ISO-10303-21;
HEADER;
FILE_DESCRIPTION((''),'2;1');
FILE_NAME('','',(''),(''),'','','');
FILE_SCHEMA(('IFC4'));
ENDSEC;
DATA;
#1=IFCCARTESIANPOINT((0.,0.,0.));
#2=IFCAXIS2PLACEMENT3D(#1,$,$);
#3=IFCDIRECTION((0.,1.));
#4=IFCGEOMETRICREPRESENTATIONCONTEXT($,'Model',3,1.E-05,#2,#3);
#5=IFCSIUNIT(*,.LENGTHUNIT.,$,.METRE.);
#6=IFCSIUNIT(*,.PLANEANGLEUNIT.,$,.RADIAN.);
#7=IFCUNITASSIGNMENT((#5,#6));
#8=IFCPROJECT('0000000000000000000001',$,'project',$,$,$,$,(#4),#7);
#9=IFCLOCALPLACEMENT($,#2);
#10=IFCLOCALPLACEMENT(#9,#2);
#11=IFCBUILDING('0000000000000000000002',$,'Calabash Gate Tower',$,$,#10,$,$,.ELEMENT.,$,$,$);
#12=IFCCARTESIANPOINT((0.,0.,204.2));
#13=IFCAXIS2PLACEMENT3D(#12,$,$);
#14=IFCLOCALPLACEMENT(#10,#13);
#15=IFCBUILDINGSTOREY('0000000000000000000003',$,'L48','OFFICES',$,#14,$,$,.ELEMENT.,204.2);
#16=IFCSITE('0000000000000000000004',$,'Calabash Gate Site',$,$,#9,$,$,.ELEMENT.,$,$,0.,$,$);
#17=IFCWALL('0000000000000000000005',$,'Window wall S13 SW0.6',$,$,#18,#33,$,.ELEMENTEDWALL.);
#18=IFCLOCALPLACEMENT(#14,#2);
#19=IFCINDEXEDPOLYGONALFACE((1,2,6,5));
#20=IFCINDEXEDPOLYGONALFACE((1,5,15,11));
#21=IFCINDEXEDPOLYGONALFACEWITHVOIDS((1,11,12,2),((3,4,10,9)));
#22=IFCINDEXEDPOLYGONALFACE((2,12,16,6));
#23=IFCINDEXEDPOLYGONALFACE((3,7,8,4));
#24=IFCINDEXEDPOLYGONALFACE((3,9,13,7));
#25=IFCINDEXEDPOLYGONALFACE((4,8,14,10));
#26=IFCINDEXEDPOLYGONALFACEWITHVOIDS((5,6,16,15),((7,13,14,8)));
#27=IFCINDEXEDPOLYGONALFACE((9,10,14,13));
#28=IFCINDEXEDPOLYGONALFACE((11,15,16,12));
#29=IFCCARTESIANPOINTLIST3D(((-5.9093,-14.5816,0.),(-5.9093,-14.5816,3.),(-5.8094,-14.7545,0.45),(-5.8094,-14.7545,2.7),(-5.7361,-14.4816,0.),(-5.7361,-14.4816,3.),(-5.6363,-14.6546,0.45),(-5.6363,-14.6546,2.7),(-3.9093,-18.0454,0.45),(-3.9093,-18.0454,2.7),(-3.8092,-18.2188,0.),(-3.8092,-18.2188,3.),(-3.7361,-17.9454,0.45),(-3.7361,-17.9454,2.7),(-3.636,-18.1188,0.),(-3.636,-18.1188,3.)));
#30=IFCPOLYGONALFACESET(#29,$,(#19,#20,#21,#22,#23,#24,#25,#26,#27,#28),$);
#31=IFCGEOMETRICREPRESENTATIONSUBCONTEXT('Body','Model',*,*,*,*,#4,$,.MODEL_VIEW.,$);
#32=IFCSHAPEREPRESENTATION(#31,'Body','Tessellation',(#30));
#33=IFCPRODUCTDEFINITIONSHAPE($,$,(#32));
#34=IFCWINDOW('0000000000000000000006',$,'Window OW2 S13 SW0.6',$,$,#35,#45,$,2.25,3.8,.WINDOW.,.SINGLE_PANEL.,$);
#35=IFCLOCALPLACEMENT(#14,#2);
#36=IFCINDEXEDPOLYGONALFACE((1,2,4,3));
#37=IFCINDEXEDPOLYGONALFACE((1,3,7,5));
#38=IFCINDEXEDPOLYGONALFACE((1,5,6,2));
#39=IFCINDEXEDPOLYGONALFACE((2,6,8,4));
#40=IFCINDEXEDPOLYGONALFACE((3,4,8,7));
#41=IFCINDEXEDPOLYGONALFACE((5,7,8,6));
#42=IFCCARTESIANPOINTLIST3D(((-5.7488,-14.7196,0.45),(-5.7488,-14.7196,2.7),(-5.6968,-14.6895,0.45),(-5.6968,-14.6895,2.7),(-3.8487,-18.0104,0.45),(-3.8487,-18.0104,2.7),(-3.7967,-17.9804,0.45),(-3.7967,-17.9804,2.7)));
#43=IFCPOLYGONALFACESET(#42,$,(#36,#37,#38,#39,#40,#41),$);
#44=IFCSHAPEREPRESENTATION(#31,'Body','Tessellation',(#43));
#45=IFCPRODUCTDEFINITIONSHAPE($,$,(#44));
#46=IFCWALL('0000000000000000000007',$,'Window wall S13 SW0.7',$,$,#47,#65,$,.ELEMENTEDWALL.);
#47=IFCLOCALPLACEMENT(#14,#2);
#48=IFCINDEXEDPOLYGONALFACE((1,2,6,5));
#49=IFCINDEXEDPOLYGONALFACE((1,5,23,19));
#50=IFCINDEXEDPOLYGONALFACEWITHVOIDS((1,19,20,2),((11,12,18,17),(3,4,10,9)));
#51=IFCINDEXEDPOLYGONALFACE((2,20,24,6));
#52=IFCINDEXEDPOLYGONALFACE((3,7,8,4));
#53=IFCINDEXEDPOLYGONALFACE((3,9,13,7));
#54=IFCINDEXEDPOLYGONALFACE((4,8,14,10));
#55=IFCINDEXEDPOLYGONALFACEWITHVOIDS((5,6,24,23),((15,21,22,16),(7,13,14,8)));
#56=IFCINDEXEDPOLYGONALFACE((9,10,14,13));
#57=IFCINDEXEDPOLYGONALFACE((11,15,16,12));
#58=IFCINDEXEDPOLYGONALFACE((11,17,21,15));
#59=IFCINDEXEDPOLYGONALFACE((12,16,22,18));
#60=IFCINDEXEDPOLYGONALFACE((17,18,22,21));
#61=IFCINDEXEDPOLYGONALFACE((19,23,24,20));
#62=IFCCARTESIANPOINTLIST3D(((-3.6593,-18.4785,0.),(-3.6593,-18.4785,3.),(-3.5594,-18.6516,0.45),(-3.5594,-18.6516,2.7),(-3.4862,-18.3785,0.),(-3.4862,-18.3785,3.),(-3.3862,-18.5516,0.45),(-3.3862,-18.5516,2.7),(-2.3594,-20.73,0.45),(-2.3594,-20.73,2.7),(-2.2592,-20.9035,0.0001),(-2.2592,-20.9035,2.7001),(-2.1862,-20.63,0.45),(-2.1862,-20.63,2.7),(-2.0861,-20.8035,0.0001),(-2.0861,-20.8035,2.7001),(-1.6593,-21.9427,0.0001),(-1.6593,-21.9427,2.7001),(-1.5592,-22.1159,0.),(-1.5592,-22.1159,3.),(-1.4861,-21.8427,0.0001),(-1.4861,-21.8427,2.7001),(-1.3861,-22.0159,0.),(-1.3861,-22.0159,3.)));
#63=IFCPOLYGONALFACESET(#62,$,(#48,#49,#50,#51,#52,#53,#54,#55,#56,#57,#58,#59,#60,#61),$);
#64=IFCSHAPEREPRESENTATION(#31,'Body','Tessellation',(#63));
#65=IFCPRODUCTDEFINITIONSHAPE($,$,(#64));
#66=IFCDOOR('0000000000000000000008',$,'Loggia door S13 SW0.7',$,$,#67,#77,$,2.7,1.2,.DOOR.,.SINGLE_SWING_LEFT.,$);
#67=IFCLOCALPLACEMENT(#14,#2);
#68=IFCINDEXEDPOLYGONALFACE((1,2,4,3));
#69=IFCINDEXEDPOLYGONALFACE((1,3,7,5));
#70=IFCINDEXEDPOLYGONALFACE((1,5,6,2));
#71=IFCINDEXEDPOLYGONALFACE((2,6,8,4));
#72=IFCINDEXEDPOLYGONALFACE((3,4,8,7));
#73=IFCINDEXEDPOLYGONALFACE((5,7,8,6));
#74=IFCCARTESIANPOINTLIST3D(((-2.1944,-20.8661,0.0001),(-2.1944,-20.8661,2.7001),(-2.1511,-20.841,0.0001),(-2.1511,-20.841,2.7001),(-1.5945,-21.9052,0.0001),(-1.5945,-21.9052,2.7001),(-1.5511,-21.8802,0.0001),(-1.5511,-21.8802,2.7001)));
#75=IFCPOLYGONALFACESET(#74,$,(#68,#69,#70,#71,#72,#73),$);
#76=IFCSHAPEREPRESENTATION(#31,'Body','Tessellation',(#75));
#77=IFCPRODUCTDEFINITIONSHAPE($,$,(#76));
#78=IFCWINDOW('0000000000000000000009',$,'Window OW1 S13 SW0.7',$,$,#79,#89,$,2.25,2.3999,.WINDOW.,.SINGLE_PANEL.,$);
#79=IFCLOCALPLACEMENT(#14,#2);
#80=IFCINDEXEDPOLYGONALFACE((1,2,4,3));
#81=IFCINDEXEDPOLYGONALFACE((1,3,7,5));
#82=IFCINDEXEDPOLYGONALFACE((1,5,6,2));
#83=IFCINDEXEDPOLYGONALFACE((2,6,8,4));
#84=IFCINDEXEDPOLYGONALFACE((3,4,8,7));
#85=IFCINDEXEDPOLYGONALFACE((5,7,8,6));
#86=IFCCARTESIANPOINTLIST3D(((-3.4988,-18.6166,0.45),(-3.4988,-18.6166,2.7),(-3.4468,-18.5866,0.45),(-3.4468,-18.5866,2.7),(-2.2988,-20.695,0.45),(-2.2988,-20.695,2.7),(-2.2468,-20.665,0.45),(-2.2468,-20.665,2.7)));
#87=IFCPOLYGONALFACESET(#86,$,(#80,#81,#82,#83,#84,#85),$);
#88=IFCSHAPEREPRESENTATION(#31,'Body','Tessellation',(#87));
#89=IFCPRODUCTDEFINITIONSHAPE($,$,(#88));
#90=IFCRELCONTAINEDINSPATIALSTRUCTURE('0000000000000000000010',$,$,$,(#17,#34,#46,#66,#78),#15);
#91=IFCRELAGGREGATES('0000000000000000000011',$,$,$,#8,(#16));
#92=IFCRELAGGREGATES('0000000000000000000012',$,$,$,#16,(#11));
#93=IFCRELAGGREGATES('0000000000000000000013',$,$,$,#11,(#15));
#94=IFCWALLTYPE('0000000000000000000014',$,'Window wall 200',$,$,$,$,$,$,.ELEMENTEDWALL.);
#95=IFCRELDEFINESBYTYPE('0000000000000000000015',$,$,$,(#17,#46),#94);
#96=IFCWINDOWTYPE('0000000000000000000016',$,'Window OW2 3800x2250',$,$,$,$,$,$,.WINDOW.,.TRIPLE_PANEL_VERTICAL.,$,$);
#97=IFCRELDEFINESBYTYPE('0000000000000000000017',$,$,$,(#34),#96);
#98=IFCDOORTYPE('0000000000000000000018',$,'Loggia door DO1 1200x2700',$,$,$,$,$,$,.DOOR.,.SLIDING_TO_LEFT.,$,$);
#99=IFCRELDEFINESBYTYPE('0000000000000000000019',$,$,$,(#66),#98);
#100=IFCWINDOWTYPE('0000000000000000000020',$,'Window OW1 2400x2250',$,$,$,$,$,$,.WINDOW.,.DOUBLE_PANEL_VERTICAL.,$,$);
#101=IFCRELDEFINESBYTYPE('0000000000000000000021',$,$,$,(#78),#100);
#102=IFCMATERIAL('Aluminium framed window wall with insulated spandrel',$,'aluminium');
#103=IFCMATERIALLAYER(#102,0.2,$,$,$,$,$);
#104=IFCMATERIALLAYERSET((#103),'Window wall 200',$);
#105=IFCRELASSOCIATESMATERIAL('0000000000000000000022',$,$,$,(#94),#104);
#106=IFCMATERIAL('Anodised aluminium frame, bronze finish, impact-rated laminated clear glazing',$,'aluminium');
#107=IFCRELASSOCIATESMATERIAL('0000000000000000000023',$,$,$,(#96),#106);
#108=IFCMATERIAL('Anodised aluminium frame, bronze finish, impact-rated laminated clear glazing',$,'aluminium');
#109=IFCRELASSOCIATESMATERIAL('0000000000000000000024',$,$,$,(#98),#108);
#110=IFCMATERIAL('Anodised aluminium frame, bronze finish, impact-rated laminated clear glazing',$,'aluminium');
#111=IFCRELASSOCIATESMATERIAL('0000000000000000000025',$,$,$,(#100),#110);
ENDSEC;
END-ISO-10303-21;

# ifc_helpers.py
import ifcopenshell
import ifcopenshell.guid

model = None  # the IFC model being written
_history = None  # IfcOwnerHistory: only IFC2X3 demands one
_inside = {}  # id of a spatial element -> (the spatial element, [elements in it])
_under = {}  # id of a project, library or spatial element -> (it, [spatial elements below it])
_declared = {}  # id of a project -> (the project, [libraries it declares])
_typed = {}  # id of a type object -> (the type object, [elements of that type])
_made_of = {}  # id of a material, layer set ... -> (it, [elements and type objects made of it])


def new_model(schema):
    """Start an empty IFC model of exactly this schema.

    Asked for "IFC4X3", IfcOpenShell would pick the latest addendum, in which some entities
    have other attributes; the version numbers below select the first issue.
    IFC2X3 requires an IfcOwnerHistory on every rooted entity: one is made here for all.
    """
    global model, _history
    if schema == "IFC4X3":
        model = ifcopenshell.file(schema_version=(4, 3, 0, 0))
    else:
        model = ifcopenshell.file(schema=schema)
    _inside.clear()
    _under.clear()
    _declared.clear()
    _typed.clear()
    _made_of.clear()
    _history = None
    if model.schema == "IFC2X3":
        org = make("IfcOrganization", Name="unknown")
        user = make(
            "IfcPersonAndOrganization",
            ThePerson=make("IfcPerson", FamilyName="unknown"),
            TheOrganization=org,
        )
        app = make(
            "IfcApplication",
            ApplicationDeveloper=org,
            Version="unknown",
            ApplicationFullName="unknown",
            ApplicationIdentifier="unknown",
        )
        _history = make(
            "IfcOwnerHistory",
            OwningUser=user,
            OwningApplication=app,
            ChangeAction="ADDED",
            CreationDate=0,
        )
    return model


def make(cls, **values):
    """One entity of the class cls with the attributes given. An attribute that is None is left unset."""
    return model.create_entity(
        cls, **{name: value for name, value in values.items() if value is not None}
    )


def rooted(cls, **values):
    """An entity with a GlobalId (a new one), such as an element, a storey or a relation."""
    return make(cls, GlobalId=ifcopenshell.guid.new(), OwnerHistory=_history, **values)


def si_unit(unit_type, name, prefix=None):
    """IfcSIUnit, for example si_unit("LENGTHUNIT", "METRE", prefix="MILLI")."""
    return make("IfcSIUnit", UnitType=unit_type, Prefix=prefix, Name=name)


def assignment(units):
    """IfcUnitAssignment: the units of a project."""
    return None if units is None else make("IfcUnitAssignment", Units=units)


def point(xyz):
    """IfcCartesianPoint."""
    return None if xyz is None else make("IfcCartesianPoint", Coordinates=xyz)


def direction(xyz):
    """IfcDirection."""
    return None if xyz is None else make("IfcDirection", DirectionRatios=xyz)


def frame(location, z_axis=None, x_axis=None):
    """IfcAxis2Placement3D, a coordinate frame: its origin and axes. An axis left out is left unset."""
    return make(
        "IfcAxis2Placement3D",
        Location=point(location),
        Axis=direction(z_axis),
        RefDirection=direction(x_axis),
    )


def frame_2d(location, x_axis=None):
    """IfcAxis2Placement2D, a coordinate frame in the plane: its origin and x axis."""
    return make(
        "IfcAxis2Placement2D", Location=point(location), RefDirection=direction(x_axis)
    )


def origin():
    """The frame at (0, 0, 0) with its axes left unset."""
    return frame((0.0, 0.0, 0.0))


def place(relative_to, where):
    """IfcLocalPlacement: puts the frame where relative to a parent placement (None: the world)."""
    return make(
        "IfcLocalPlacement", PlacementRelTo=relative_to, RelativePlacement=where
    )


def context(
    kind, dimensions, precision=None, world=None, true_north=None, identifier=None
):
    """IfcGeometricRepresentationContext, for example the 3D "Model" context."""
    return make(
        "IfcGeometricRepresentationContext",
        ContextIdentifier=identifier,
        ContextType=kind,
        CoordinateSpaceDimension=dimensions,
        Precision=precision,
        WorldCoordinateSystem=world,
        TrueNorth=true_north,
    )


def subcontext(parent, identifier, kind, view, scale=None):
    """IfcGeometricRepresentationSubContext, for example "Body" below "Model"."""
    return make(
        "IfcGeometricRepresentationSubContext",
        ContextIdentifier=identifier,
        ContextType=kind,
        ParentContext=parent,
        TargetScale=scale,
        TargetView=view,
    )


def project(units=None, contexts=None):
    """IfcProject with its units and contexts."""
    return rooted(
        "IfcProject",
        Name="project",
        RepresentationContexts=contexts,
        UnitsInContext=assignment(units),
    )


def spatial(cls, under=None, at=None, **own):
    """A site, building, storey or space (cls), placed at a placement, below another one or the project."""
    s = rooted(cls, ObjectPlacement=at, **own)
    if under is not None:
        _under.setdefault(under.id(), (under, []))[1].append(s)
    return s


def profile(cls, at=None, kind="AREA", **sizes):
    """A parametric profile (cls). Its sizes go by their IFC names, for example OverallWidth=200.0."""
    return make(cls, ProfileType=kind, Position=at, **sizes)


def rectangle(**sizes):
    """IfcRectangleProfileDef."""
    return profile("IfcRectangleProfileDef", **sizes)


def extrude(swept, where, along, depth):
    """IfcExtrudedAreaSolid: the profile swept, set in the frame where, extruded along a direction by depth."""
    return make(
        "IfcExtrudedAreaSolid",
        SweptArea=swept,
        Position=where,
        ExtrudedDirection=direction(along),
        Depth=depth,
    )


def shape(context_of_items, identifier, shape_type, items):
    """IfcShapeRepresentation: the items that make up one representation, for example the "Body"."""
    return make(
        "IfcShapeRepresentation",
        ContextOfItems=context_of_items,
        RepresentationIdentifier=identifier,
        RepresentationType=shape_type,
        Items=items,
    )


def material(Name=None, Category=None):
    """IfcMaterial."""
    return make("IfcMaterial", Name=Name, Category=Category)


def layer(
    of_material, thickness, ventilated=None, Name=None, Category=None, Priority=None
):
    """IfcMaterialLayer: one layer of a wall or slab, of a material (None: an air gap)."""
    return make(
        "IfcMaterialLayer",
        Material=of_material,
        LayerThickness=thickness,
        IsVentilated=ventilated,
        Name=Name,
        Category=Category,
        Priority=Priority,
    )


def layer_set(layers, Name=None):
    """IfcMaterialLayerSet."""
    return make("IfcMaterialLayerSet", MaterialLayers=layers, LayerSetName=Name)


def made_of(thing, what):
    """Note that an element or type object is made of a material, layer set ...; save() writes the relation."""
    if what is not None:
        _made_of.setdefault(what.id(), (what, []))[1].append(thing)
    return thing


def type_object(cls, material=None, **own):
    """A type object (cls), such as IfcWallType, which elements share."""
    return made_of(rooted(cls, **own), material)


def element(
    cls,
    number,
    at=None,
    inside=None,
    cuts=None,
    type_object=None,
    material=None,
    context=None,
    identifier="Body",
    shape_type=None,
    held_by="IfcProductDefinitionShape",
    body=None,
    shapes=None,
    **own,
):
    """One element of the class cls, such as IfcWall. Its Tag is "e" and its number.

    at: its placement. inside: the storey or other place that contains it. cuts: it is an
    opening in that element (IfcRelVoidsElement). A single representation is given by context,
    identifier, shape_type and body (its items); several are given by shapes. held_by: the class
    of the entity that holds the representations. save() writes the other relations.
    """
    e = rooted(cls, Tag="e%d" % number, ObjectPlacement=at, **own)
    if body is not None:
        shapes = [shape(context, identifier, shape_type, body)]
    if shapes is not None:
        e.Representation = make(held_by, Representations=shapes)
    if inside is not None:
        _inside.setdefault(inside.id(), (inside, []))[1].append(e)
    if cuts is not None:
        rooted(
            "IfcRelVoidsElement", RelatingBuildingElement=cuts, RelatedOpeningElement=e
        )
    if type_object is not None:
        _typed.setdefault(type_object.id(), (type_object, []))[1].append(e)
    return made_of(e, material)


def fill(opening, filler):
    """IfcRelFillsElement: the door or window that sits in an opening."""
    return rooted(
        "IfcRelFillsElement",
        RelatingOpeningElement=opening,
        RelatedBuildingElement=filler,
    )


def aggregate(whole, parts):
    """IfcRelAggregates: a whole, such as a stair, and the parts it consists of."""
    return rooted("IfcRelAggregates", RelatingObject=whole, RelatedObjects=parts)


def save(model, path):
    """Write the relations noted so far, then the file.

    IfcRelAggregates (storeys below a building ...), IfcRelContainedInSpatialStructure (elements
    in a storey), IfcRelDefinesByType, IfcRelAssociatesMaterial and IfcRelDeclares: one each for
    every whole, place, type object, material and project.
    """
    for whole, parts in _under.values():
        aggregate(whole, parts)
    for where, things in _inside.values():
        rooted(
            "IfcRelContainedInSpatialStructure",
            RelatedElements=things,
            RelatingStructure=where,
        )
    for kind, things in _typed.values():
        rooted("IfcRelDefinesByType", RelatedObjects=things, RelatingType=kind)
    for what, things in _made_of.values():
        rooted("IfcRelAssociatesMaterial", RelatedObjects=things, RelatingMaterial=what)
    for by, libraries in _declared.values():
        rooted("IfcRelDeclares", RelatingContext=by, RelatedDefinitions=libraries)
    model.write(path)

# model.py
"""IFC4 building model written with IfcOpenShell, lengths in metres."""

from ifc_helpers import new_model, si_unit, direction, frame, frame_2d, origin, place, context, subcontext, project, spatial, rectangle, extrude, material, layer, layer_set, type_object, element, fill, save


model = new_model("IFC4")

# Units and contexts
model_context = context("Model", 3, precision=1e-05, world=origin(), true_north=direction((0.0, 1.0)))
body_context = subcontext(model_context, "Body", "Model", "MODEL_VIEW")
ifc_project = project(units=[si_unit("LENGTHUNIT", "METRE"), si_unit("PLANEANGLEUNIT", "RADIAN")], contexts=[model_context])

# Site, building, storey
site_placement = place(None, origin())
site = spatial("IfcSite", under=ifc_project, at=site_placement, Name="Calabash Gate Site", CompositionType="ELEMENT", RefElevation=0.0)
building_placement = place(site_placement, origin())
building = spatial("IfcBuilding", under=site, at=building_placement, Name="Calabash Gate Tower", CompositionType="ELEMENT")
storey_placement = place(building_placement, frame((0.0, 0.0, 204.2)))
storey = spatial("IfcBuildingStorey", under=building, at=storey_placement, Name="L48", Description="OFFICES", CompositionType="ELEMENT", Elevation=204.2)

# Wall, opening, window
ifc_material_1 = material(Name="Aluminium framed window wall with insulated spandrel", Category="aluminium")
ifc_layer_1 = layer(ifc_material_1, 0.2)
ifc_layer_set_1 = layer_set([ifc_layer_1], Name="Window wall 200")
wall_type_1 = type_object("IfcWallType", Name="Window wall 200", PredefinedType="ELEMENTEDWALL", material=ifc_layer_set_1)
wall_1_placement = place(storey_placement, frame((-5.8228, -14.5315, 0.0), z_axis=(0.0, 0.0, 1.0), x_axis=(0.500028, -0.866009, 0.0)))
wall_1 = element("IfcWall", 1, at=wall_1_placement, inside=storey, type_object=wall_type_1, Name="Window wall S13 SW0.6", PredefinedType="ELEMENTEDWALL", context=body_context, shape_type="SweptSolid", body=[
    extrude(rectangle(XDim=4.2, YDim=0.2, at=frame_2d((2.1001, 0.0))), origin(), (0.0, 0.0, 1.0), 3.0),
])
opening_1_placement = place(wall_1_placement, frame((0.2, 0.0, 0.45)))
opening_1 = element("IfcOpeningElement", 2, at=opening_1_placement, cuts=wall_1, PredefinedType="OPENING", context=body_context, shape_type="SweptSolid", body=[
    extrude(rectangle(XDim=3.8, YDim=2.25, at=frame_2d((1.8999, 1.125))), frame((0.0, 0.1099, 0.0), z_axis=(0.0, -1.0, 0.0), x_axis=(1.0, 0.0, 0.0)), (0.0, 0.0, 1.0), 0.22),
])
ifc_material_2 = material(Name="Anodised aluminium frame, bronze finish, impact-rated laminated clear glazing", Category="aluminium")
window_type_1 = type_object("IfcWindowType", Name="Window OW2 3800x2250", PartitioningType="TRIPLE_PANEL_VERTICAL", PredefinedType="WINDOW", material=ifc_material_2)
window_1_placement = place(opening_1_placement, origin())
window_1 = element("IfcWindow", 3, at=window_1_placement, inside=storey, type_object=window_type_1, Name="Window OW2 S13 SW0.6", OverallHeight=2.25, OverallWidth=3.8, PartitioningType="SINGLE_PANEL", PredefinedType="WINDOW", context=body_context, shape_type="SweptSolid", body=[
    extrude(rectangle(XDim=3.8, YDim=2.25, at=frame_2d((1.8999, 1.125))), frame((0.0, 0.03, 0.0), z_axis=(0.0, -1.0, 0.0), x_axis=(1.0, 0.0, 0.0)), (0.0, 0.0, 1.0), 0.0601),
])
fill(opening_1, window_1)

# Wall, openings, door, window
wall_2_placement = place(storey_placement, frame((-3.5728, -18.4285, 0.0), z_axis=(0.0, 0.0, 1.0), x_axis=(0.500003, -0.866024, 0.0)))
wall_2 = element("IfcWall", 4, at=wall_2_placement, inside=storey, type_object=wall_type_1, Name="Window wall S13 SW0.7", PredefinedType="ELEMENTEDWALL", context=body_context, shape_type="SweptSolid", body=[
    extrude(rectangle(XDim=4.2002, YDim=0.2, at=frame_2d((2.1001, 0.0))), origin(), (0.0, 0.0, 1.0), 3.0),
])
opening_2_placement = place(wall_2_placement, frame((0.2, 0.0, 0.45)))
opening_2 = element("IfcOpeningElement", 5, at=opening_2_placement, cuts=wall_2, PredefinedType="OPENING", context=body_context, shape_type="SweptSolid", body=[
    extrude(rectangle(XDim=2.3999, YDim=2.25, at=frame_2d((1.2, 1.125))), frame((0.0, 0.1099, 0.0), z_axis=(0.0, -1.0, 0.0), x_axis=(1.0, 0.0, 0.0)), (0.0, 0.0, 1.0), 0.22),
])
opening_3_placement = place(wall_2_placement, frame((2.8, 0.0, 0.0)))
opening_3 = element("IfcOpeningElement", 6, at=opening_3_placement, cuts=wall_2, PredefinedType="OPENING", context=body_context, shape_type="SweptSolid", body=[
    extrude(rectangle(XDim=1.2, YDim=2.7, at=frame_2d((0.6001, 1.3501))), frame((0.0, 0.1099, 0.0), z_axis=(0.0, -1.0, 0.0), x_axis=(1.0, 0.0, 0.0)), (0.0, 0.0, 1.0), 0.22),
])
ifc_material_3 = material(Name="Anodised aluminium frame, bronze finish, impact-rated laminated clear glazing", Category="aluminium")
door_type = type_object("IfcDoorType", Name="Loggia door DO1 1200x2700", OperationType="SLIDING_TO_LEFT", PredefinedType="DOOR", material=ifc_material_3)
door_placement = place(opening_3_placement, origin())
door = element("IfcDoor", 7, at=door_placement, inside=storey, type_object=door_type, Name="Loggia door S13 SW0.7", OperationType="SINGLE_SWING_LEFT", OverallHeight=2.7, OverallWidth=1.2, PredefinedType="DOOR", context=body_context, shape_type="SweptSolid", body=[
    extrude(rectangle(XDim=1.2, YDim=2.7, at=frame_2d((0.6001, 1.3501))), frame((0.0, 0.0249, 0.0), z_axis=(0.0, -1.0, 0.0), x_axis=(1.0, 0.0, 0.0)), (0.0, 0.0, 1.0), 0.05),
])
fill(opening_3, door)
ifc_material_4 = material(Name="Anodised aluminium frame, bronze finish, impact-rated laminated clear glazing", Category="aluminium")
window_type_2 = type_object("IfcWindowType", Name="Window OW1 2400x2250", PartitioningType="DOUBLE_PANEL_VERTICAL", PredefinedType="WINDOW", material=ifc_material_4)
window_2_placement = place(opening_2_placement, origin())
window_2 = element("IfcWindow", 8, at=window_2_placement, inside=storey, type_object=window_type_2, Name="Window OW1 S13 SW0.7", OverallHeight=2.25, OverallWidth=2.3999, PartitioningType="SINGLE_PANEL", PredefinedType="WINDOW", context=body_context, shape_type="SweptSolid", body=[
    extrude(rectangle(XDim=2.3999, YDim=2.25, at=frame_2d((1.2, 1.125))), frame((0.0, 0.03, 0.0), z_axis=(0.0, -1.0, 0.0), x_axis=(1.0, 0.0, 0.0)), (0.0, 0.0, 1.0), 0.0601),
])
fill(opening_2, window_2)

save(model, "model.ifc")
